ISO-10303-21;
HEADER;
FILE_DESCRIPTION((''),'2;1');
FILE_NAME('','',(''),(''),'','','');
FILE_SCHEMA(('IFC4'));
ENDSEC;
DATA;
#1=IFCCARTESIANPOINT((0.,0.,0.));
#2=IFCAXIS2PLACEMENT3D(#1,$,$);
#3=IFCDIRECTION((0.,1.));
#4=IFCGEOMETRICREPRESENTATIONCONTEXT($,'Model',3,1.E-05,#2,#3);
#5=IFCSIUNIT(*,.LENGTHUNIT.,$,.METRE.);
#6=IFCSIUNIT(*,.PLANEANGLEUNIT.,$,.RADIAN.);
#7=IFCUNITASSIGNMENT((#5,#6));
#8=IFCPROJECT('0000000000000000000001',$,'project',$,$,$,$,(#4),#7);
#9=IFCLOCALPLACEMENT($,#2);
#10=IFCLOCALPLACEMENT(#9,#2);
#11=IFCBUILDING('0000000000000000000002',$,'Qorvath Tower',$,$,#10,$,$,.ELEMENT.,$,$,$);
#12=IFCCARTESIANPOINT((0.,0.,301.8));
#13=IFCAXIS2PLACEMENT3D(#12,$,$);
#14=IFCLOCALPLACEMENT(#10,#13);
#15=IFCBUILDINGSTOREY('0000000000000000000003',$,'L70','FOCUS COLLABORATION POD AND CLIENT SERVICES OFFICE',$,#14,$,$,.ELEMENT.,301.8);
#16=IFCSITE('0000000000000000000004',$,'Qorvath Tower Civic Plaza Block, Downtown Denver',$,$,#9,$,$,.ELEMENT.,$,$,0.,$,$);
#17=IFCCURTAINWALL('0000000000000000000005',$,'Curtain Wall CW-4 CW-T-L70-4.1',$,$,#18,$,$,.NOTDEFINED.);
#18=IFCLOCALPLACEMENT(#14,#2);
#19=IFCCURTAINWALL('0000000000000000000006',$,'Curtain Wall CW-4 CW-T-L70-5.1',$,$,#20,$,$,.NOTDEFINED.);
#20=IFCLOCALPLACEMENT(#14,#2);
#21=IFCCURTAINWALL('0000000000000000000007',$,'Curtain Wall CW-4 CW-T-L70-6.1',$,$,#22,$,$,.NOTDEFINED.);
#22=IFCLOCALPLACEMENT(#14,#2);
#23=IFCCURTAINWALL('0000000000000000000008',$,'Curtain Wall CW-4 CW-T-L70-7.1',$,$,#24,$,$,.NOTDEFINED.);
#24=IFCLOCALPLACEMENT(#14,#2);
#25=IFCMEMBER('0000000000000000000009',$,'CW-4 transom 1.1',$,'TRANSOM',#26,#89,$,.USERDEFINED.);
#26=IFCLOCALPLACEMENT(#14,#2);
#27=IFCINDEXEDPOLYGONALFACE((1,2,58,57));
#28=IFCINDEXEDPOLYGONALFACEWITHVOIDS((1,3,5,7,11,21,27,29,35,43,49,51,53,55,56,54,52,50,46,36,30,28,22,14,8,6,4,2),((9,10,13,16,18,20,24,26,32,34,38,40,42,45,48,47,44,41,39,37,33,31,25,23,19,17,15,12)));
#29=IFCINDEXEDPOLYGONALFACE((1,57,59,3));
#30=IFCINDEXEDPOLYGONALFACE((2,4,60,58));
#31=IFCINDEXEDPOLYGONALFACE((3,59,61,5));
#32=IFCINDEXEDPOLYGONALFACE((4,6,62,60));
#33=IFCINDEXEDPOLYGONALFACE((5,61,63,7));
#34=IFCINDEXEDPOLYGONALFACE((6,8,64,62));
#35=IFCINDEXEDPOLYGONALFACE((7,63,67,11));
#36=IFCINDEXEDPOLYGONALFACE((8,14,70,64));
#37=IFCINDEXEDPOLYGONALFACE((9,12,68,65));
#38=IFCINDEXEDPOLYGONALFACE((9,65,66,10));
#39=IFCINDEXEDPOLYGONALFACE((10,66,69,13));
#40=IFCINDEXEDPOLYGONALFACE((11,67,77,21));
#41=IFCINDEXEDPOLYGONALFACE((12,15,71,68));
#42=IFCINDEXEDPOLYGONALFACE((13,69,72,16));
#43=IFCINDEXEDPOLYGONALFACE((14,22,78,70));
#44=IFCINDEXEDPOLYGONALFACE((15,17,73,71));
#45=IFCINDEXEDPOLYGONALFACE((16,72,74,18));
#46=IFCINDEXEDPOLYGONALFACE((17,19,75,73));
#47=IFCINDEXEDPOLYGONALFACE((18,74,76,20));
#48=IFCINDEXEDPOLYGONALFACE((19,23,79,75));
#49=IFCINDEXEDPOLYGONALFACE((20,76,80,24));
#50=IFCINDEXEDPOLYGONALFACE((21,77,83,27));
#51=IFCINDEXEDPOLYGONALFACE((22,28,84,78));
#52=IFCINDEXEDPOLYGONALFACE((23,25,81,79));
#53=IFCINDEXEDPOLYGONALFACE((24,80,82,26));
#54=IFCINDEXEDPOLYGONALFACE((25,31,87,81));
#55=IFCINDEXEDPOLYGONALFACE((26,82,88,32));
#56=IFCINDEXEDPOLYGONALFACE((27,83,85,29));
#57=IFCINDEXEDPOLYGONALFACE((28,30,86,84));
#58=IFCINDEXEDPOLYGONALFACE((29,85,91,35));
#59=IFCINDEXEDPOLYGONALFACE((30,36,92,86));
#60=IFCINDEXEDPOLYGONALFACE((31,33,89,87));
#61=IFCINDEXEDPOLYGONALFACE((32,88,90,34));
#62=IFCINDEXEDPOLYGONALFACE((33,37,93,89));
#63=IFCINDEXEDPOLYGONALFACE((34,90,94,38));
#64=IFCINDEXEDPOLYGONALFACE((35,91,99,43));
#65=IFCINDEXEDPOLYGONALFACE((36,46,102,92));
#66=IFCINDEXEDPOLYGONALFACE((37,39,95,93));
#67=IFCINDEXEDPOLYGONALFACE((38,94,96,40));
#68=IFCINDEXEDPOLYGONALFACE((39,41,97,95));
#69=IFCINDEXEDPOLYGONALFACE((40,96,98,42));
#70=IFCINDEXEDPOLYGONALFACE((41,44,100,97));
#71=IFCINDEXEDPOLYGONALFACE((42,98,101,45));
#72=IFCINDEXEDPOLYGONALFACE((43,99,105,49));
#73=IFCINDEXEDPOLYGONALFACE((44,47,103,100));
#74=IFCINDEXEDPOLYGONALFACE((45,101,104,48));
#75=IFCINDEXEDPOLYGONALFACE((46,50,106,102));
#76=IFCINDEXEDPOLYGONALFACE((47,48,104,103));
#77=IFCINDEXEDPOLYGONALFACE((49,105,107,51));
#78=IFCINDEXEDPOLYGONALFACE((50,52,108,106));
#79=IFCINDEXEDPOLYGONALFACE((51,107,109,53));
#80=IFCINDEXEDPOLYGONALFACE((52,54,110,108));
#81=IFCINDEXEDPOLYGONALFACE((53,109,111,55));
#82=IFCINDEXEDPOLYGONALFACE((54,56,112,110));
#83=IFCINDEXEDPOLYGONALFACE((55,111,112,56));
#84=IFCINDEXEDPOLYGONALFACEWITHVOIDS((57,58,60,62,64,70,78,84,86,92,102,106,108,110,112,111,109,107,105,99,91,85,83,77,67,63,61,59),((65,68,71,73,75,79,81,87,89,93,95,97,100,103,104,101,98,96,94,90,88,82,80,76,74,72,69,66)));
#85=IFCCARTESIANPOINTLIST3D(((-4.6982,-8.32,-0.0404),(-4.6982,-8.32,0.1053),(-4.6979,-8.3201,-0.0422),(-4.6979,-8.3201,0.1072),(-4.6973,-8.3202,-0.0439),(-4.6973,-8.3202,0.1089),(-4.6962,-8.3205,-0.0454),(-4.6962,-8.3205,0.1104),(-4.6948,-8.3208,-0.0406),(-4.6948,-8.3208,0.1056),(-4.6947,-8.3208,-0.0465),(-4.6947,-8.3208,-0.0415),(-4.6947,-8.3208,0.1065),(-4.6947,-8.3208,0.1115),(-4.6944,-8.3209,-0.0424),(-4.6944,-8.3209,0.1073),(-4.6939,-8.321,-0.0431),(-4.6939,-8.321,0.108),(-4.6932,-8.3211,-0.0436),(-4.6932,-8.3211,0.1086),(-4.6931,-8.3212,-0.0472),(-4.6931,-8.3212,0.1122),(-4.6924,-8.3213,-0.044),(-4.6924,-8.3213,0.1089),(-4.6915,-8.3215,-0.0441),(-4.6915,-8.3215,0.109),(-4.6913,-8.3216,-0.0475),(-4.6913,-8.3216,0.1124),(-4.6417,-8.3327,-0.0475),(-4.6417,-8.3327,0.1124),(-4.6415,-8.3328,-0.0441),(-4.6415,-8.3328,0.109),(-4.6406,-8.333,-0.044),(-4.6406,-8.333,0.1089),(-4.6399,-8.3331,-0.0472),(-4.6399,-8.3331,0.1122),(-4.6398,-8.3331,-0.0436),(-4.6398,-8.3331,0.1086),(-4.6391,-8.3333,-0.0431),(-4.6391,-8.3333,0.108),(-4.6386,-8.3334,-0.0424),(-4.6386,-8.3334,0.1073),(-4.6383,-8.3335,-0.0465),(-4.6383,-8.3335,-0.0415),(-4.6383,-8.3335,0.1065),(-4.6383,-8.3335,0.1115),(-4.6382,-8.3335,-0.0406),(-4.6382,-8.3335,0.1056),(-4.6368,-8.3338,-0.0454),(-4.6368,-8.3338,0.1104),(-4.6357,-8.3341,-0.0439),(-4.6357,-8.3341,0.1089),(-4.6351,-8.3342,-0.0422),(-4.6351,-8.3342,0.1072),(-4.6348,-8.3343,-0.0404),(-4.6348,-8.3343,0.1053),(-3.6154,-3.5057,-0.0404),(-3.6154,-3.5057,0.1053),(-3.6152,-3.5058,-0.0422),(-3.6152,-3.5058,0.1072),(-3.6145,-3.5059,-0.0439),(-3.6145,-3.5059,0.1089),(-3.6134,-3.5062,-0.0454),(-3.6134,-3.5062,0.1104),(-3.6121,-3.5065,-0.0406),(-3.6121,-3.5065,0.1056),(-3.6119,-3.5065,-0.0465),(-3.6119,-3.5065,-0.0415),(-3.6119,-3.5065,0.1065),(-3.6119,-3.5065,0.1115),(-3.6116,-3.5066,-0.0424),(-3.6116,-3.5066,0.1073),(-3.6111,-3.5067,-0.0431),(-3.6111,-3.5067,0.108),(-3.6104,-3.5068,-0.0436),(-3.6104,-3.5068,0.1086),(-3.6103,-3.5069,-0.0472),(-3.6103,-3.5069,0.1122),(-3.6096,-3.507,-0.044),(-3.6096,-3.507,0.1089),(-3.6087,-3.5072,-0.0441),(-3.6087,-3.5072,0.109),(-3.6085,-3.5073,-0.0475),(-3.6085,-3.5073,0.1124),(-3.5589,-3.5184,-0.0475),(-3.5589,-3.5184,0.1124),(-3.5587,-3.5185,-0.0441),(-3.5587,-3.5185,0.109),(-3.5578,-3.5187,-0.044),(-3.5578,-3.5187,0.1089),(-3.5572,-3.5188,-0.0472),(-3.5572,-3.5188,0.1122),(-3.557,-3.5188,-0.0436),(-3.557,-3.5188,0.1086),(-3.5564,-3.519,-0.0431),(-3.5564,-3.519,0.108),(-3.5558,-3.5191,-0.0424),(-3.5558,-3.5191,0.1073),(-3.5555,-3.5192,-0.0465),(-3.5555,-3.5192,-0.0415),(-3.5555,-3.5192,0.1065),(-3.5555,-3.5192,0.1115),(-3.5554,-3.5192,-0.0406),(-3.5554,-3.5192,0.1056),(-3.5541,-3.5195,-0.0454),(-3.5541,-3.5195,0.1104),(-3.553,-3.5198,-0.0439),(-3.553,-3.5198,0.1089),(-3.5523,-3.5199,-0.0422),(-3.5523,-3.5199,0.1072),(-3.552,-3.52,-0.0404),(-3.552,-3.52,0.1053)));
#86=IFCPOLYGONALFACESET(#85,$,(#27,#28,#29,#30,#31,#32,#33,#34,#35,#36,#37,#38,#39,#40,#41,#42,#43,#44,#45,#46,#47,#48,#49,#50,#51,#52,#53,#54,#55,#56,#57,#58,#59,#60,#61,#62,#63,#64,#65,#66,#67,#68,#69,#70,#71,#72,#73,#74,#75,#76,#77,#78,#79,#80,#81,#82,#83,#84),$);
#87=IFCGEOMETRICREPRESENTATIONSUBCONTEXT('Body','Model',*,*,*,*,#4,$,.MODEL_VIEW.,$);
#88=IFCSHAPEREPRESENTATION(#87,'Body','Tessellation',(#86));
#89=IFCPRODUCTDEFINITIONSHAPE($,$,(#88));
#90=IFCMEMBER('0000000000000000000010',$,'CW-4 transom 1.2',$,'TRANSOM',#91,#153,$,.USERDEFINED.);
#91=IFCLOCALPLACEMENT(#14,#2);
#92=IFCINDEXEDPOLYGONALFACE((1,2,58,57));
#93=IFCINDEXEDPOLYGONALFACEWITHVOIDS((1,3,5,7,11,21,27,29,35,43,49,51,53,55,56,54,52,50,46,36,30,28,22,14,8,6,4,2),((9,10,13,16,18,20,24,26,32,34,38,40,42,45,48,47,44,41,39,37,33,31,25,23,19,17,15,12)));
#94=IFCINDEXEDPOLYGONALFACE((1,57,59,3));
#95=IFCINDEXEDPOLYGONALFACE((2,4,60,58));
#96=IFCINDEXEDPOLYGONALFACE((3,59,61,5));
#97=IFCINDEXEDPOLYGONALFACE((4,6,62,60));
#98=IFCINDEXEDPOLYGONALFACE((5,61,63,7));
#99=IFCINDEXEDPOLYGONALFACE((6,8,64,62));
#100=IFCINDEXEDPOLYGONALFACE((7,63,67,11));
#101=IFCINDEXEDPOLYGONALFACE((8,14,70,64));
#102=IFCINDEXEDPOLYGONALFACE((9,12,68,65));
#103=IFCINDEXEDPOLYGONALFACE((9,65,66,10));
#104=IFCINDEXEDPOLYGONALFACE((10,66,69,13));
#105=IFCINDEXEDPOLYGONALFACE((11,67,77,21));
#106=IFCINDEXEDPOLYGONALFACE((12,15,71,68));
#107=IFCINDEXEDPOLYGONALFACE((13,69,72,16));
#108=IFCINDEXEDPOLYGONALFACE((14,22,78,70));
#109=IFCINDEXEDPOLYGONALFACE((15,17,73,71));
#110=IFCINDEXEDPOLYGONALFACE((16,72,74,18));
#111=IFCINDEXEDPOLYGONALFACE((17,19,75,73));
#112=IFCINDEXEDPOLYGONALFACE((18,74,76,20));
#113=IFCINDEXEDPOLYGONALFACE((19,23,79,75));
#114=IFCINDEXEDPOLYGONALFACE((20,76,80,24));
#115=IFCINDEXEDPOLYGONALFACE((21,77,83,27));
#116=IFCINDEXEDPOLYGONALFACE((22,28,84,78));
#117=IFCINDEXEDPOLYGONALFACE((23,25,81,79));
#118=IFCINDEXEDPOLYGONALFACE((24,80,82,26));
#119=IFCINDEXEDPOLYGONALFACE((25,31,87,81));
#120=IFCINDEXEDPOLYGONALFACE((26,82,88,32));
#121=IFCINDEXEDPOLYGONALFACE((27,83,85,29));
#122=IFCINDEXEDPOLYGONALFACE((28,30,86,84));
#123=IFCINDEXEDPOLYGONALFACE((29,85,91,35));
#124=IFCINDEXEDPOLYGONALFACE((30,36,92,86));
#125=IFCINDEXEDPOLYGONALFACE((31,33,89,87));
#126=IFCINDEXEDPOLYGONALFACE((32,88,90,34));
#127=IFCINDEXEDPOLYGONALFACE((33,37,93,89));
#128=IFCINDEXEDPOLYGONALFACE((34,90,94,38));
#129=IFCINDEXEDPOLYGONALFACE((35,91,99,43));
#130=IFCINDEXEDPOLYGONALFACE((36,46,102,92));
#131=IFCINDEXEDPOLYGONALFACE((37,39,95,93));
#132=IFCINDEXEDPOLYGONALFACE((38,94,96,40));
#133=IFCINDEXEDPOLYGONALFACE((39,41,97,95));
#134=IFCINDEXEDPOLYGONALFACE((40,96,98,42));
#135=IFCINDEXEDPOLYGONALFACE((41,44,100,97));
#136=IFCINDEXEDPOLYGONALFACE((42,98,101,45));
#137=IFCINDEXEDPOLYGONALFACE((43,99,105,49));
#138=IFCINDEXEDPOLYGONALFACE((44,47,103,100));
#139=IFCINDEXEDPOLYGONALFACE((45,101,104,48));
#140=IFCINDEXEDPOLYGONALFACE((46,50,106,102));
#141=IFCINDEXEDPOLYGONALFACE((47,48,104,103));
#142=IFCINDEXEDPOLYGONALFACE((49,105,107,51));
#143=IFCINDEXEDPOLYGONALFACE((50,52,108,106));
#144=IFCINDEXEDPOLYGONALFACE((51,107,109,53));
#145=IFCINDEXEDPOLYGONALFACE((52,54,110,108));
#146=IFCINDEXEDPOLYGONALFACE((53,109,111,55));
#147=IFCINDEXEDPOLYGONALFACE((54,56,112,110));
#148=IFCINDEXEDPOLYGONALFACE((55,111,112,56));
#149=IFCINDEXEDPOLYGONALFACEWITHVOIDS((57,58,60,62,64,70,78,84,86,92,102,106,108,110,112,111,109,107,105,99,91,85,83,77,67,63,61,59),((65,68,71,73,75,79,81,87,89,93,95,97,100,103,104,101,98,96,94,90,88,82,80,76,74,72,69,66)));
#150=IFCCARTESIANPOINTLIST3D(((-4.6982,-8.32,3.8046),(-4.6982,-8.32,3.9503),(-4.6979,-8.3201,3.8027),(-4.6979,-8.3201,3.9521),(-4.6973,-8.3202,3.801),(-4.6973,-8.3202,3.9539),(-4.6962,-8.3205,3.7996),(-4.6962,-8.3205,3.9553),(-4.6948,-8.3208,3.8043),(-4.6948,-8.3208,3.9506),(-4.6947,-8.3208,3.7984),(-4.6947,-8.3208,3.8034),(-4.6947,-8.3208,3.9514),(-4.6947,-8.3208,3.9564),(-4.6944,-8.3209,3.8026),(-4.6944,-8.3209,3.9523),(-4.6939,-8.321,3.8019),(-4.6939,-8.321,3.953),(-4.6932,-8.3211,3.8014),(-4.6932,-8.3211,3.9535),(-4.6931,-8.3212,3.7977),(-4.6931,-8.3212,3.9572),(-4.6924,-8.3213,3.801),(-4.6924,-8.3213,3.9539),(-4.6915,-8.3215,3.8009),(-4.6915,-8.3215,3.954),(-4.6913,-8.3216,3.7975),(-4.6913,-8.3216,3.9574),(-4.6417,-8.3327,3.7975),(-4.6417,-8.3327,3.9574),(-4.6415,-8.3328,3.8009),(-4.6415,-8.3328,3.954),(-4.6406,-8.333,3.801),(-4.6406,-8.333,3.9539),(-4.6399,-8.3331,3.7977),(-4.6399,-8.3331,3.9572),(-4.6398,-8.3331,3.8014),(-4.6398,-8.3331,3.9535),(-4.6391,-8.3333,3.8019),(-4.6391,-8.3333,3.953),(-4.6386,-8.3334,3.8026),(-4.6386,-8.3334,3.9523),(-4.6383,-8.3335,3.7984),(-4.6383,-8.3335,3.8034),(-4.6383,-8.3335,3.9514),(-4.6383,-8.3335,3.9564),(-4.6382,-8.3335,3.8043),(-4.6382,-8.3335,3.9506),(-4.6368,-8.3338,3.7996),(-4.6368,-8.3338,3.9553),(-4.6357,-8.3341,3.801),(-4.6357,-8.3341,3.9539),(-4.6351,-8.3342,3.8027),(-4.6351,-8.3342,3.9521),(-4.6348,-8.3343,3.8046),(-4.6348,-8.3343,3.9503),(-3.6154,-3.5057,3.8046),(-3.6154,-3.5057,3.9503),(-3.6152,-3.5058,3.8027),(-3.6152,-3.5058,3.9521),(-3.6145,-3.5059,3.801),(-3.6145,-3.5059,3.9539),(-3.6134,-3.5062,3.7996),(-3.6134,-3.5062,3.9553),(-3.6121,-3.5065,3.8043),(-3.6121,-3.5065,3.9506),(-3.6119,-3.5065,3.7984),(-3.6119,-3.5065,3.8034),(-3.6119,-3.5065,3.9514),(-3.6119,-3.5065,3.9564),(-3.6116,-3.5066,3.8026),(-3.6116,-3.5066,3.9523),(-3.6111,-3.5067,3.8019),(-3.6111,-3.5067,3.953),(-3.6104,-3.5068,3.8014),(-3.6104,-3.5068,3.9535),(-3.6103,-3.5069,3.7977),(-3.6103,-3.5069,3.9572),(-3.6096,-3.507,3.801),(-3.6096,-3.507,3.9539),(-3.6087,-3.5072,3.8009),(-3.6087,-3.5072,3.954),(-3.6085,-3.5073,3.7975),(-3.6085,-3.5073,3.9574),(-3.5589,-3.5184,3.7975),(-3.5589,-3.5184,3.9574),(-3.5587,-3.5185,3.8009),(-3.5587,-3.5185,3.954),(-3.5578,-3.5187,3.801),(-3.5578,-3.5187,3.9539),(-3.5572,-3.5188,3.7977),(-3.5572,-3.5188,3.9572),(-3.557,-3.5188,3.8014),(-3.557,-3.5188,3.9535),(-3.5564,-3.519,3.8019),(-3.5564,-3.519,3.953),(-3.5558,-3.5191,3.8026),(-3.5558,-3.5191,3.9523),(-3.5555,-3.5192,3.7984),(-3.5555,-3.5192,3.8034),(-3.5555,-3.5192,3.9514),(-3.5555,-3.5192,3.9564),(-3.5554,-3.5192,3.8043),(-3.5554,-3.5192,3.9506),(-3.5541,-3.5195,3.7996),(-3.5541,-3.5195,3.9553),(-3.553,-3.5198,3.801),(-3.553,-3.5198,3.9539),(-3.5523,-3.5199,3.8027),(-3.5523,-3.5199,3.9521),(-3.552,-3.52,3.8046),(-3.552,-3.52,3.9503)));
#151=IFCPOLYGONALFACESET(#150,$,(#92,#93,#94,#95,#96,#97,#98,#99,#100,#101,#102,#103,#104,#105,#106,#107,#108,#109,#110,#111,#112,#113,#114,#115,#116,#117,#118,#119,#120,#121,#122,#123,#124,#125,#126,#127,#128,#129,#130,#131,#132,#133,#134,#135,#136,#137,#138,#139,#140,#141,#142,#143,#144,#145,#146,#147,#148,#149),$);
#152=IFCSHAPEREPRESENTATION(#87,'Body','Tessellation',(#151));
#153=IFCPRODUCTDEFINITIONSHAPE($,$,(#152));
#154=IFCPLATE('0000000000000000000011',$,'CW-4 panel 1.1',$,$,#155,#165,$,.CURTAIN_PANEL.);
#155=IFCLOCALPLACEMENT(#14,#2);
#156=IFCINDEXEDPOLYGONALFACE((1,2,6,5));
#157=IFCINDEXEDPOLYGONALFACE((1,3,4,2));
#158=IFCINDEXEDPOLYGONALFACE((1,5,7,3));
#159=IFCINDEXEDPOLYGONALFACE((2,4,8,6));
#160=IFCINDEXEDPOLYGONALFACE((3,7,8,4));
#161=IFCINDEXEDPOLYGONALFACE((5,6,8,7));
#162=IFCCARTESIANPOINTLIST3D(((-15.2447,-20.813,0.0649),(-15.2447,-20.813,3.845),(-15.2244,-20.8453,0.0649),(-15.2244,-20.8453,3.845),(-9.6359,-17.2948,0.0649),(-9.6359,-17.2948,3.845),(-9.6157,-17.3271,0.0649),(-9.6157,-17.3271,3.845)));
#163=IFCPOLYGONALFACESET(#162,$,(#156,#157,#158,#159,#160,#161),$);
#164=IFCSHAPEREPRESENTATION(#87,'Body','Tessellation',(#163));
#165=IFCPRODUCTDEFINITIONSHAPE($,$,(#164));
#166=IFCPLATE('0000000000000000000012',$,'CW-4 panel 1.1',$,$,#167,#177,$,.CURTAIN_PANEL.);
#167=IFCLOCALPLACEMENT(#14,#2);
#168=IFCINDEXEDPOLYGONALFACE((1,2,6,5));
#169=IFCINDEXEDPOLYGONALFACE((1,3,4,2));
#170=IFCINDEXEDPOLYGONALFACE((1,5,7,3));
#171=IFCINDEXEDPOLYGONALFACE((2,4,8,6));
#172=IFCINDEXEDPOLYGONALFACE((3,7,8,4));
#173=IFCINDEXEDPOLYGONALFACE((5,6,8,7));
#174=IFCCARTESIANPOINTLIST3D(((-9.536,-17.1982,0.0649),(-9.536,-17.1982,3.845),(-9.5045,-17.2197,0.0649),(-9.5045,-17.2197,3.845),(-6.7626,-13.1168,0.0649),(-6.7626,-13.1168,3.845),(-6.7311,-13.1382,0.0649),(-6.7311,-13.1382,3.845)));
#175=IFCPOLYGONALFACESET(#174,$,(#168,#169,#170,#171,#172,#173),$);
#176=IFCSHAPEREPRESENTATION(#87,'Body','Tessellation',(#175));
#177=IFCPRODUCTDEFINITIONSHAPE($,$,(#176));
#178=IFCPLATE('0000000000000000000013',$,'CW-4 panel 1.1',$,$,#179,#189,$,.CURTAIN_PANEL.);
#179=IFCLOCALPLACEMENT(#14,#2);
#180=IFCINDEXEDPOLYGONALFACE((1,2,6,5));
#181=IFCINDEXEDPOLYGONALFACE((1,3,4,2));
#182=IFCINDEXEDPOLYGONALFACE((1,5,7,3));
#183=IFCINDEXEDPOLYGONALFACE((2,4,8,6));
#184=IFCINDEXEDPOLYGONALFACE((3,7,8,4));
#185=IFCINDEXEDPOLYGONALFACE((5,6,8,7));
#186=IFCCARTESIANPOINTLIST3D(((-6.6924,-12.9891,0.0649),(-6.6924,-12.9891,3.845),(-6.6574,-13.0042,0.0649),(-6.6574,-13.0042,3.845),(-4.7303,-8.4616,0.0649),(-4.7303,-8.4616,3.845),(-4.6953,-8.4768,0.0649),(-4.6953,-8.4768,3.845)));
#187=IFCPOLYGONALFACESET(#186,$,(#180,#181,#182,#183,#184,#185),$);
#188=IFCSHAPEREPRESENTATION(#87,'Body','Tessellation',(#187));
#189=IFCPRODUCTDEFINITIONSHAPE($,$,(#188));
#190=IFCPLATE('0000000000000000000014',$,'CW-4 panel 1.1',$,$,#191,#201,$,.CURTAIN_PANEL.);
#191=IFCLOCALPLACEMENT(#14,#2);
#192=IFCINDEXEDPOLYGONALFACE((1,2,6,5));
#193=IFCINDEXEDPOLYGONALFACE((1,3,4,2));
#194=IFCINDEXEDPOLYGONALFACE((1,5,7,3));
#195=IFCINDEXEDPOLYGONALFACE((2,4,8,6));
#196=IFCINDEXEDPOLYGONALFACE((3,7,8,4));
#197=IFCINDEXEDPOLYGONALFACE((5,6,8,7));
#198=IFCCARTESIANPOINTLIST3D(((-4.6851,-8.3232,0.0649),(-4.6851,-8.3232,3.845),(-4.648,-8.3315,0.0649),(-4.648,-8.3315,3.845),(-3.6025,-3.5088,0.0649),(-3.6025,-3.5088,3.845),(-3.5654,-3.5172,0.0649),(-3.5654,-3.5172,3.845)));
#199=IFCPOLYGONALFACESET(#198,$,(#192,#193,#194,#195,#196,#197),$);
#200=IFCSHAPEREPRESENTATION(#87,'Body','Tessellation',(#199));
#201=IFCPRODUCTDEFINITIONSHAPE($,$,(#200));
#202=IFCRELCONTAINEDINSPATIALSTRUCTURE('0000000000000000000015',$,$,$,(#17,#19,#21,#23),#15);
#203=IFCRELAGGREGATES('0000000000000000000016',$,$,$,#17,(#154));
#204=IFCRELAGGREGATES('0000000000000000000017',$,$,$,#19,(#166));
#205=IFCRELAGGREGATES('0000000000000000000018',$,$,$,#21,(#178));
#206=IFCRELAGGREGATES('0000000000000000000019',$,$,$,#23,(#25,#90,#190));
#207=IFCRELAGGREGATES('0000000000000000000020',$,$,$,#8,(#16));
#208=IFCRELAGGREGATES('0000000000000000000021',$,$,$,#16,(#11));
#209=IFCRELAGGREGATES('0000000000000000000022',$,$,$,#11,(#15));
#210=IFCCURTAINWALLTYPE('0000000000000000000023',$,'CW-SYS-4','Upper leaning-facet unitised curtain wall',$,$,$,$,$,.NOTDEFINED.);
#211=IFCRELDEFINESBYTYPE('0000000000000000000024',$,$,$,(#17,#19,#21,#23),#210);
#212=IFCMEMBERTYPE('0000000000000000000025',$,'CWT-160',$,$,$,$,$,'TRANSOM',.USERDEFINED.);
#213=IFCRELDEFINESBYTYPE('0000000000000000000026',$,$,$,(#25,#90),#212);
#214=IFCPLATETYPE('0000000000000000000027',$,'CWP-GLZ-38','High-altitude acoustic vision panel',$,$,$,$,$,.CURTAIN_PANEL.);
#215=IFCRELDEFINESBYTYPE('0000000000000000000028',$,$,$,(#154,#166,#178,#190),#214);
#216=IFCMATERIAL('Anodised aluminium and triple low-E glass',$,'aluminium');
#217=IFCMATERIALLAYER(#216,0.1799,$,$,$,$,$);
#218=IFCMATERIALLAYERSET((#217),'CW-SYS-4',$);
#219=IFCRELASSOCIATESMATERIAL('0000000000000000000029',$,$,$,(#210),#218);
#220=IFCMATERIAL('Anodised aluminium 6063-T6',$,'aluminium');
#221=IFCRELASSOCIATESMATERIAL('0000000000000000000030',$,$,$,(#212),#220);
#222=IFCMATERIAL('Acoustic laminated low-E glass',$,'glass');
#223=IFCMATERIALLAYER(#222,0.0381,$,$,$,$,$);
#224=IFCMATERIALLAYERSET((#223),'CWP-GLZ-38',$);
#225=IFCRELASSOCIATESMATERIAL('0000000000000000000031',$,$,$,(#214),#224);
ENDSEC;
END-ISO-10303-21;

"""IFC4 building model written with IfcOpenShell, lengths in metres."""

from ifc_helpers import new_model, si_unit, direction, frame, origin, origin_2d, place, context, subcontext, project, spatial, rectangle, hollow_rectangle, extrude, material, layer, layer_set, material_profile, profile_set, type_object, element, aggregate, save


model = new_model("IFC4")

# Units and contexts
model_context = context("Model", 3, precision=1e-05, world=origin(), true_north=direction((0.0, 1.0)))
body_context = subcontext(model_context, "Body", "Model", "MODEL_VIEW")
ifc_project = project(units=[si_unit("LENGTHUNIT", "METRE"), si_unit("PLANEANGLEUNIT", "RADIAN")], contexts=[model_context])

# Site, building, storey
site_placement = place(None, origin())
site = spatial("IfcSite", under=ifc_project, at=site_placement, Name="Qorvath Tower Civic Plaza Block, Downtown Denver", CompositionType="ELEMENT", RefElevation=0.0)
building_placement = place(site_placement, origin())
building = spatial("IfcBuilding", under=site, at=building_placement, Name="Qorvath Tower", CompositionType="ELEMENT")
storey_placement = place(building_placement, frame((0.0, 0.0, 301.8)))
storey = spatial("IfcBuildingStorey", under=building, at=storey_placement, Name="L70", Description="FOCUS COLLABORATION POD AND CLIENT SERVICES OFFICE", CompositionType="ELEMENT", Elevation=301.8)

# Curtain wall
ifc_material_1 = material(Name="Anodised aluminium and triple low-E glass", Category="aluminium")
ifc_layer_1 = layer(ifc_material_1, 0.1799)
ifc_layer_set_1 = layer_set([ifc_layer_1], Name="CW-SYS-4")
curtain_wall_type = type_object("IfcCurtainWallType", Name="CW-SYS-4", Description="Upper leaning-facet unitised curtain wall", PredefinedType="NOTDEFINED", material=ifc_layer_set_1)
curtain_wall_1_placement = place(storey_placement, origin())
curtain_wall_1 = element("IfcCurtainWall", 1, at=curtain_wall_1_placement, inside=storey, type_object=curtain_wall_type, Name="Curtain Wall CW-4 CW-T-L70-4.1", PredefinedType="NOTDEFINED")

# Curtain walls
curtain_wall_2_placement = place(storey_placement, origin())
curtain_wall_2 = element("IfcCurtainWall", 2, at=curtain_wall_2_placement, inside=storey, type_object=curtain_wall_type, Name="Curtain Wall CW-4 CW-T-L70-5.1", PredefinedType="NOTDEFINED")
curtain_wall_3_placement = place(storey_placement, origin())
curtain_wall_3 = element("IfcCurtainWall", 3, at=curtain_wall_3_placement, inside=storey, type_object=curtain_wall_type, Name="Curtain Wall CW-4 CW-T-L70-6.1", PredefinedType="NOTDEFINED")

# Curtain wall
curtain_wall_4_placement = place(storey_placement, origin())
curtain_wall_4 = element("IfcCurtainWall", 4, at=curtain_wall_4_placement, inside=storey, type_object=curtain_wall_type, Name="Curtain Wall CW-4 CW-T-L70-7.1", PredefinedType="NOTDEFINED")

# Members
ifc_material_2 = material(Name="Anodised aluminium 6063-T6", Category="aluminium")
ifc_material_profile_1 = material_profile(ifc_material_2, hollow_rectangle(XDim=0.0649, YDim=0.1599, WallThickness=0.0034, InnerFilletRadius=0.0034, OuterFilletRadius=0.0071, at=origin_2d()), Name="CWT 160x65")
ifc_profile_set_1 = profile_set([ifc_material_profile_1], Name="Anodised aluminium 6063-T6")
member_type_1 = type_object("IfcMemberType", Name="CWT-160", ElementType="TRANSOM", PredefinedType="USERDEFINED", material=ifc_profile_set_1)
member_1_placement = place(storey_placement, frame((-4.6665, -8.3271, 0.0325), z_axis=(0.219429, 0.975629, 0.0), x_axis=(-0.975629, 0.219429, 0.0)))
member_1 = element("IfcMember", 5, at=member_1_placement, type_object=member_type_1, Name="CW-4 transom 1.1", ObjectType="TRANSOM", PredefinedType="USERDEFINED", context=body_context, shape_type="SweptSolid", body=[
    extrude(hollow_rectangle(XDim=0.0649, YDim=0.1599, WallThickness=0.0034, InnerFilletRadius=0.0034, OuterFilletRadius=0.0071, at=origin_2d()), origin(), (0.0, 0.0, 1.0), 4.9346),
])
member_2_placement = place(storey_placement, frame((-4.6665, -8.3271, 3.8774), z_axis=(0.219429, 0.975629, 0.0), x_axis=(-0.975629, 0.219429, 0.0)))
member_2 = element("IfcMember", 6, at=member_2_placement, type_object=member_type_1, Name="CW-4 transom 1.2", ObjectType="TRANSOM", PredefinedType="USERDEFINED", context=body_context, shape_type="SweptSolid", body=[
    extrude(hollow_rectangle(XDim=0.0649, YDim=0.1599, WallThickness=0.0034, InnerFilletRadius=0.0034, OuterFilletRadius=0.0071, at=origin_2d()), origin(), (0.0, 0.0, 1.0), 4.9346),
])

# Plates
ifc_material_3 = material(Name="Acoustic laminated low-E glass", Category="glass")
ifc_layer_2 = layer(ifc_material_3, 0.0381)
ifc_layer_set_2 = layer_set([ifc_layer_2], Name="CWP-GLZ-38")
plate_type = type_object("IfcPlateType", Name="CWP-GLZ-38", Description="High-altitude acoustic vision panel", PredefinedType="CURTAIN_PANEL", material=ifc_layer_set_2)
plate_1_placement = place(storey_placement, frame((-12.4302, -19.0701, 0.0649), z_axis=(0.0, 0.0, 1.0), x_axis=(0.847133, 0.531382, 0.0)))
plate_1 = element("IfcPlate", 7, at=plate_1_placement, type_object=plate_type, Name="CW-4 panel 1.1", PredefinedType="CURTAIN_PANEL", context=body_context, shape_type="SweptSolid", body=[
    extrude(rectangle(XDim=6.6208, YDim=0.0381, at=origin_2d()), origin(), (0.0, 0.0, 1.0), 3.78),
])
aggregate(curtain_wall_1, [plate_1])
plate_2_placement = place(storey_placement, frame((-8.1335, -15.1682, 0.0649), z_axis=(0.0, 0.0, 1.0), x_axis=(0.562026, 0.827119, 0.0)))
plate_2 = element("IfcPlate", 8, at=plate_2_placement, type_object=plate_type, Name="CW-4 panel 1.1", PredefinedType="CURTAIN_PANEL", context=body_context, shape_type="SweptSolid", body=[
    extrude(rectangle(XDim=4.9346, YDim=0.0381, at=origin_2d()), origin(), (0.0, 0.0, 1.0), 3.78),
])
aggregate(curtain_wall_2, [plate_2])
plate_3_placement = place(storey_placement, frame((-5.6938, -10.7329, 0.0649), z_axis=(0.0, 0.0, 1.0), x_axis=(0.397641, 0.917541, 0.0)))
plate_3 = element("IfcPlate", 9, at=plate_3_placement, type_object=plate_type, Name="CW-4 panel 1.1", PredefinedType="CURTAIN_PANEL", context=body_context, shape_type="SweptSolid", body=[
    extrude(rectangle(XDim=4.9343, YDim=0.0381, at=origin_2d()), origin(), (0.0, 0.0, 1.0), 3.78),
])
aggregate(curtain_wall_3, [plate_3])
plate_4_placement = place(storey_placement, frame((-4.1252, -5.9202, 0.0649), z_axis=(0.0, 0.0, 1.0), x_axis=(0.219389, 0.975637, 0.0)))
plate_4 = element("IfcPlate", 10, at=plate_4_placement, type_object=plate_type, Name="CW-4 panel 1.1", PredefinedType="CURTAIN_PANEL", context=body_context, shape_type="SweptSolid", body=[
    extrude(rectangle(XDim=4.9346, YDim=0.0381, at=origin_2d()), origin(), (0.0, 0.0, 1.0), 3.78),
])
aggregate(curtain_wall_4, [member_1, member_2, plate_4])

save(model, "model.ifc")
